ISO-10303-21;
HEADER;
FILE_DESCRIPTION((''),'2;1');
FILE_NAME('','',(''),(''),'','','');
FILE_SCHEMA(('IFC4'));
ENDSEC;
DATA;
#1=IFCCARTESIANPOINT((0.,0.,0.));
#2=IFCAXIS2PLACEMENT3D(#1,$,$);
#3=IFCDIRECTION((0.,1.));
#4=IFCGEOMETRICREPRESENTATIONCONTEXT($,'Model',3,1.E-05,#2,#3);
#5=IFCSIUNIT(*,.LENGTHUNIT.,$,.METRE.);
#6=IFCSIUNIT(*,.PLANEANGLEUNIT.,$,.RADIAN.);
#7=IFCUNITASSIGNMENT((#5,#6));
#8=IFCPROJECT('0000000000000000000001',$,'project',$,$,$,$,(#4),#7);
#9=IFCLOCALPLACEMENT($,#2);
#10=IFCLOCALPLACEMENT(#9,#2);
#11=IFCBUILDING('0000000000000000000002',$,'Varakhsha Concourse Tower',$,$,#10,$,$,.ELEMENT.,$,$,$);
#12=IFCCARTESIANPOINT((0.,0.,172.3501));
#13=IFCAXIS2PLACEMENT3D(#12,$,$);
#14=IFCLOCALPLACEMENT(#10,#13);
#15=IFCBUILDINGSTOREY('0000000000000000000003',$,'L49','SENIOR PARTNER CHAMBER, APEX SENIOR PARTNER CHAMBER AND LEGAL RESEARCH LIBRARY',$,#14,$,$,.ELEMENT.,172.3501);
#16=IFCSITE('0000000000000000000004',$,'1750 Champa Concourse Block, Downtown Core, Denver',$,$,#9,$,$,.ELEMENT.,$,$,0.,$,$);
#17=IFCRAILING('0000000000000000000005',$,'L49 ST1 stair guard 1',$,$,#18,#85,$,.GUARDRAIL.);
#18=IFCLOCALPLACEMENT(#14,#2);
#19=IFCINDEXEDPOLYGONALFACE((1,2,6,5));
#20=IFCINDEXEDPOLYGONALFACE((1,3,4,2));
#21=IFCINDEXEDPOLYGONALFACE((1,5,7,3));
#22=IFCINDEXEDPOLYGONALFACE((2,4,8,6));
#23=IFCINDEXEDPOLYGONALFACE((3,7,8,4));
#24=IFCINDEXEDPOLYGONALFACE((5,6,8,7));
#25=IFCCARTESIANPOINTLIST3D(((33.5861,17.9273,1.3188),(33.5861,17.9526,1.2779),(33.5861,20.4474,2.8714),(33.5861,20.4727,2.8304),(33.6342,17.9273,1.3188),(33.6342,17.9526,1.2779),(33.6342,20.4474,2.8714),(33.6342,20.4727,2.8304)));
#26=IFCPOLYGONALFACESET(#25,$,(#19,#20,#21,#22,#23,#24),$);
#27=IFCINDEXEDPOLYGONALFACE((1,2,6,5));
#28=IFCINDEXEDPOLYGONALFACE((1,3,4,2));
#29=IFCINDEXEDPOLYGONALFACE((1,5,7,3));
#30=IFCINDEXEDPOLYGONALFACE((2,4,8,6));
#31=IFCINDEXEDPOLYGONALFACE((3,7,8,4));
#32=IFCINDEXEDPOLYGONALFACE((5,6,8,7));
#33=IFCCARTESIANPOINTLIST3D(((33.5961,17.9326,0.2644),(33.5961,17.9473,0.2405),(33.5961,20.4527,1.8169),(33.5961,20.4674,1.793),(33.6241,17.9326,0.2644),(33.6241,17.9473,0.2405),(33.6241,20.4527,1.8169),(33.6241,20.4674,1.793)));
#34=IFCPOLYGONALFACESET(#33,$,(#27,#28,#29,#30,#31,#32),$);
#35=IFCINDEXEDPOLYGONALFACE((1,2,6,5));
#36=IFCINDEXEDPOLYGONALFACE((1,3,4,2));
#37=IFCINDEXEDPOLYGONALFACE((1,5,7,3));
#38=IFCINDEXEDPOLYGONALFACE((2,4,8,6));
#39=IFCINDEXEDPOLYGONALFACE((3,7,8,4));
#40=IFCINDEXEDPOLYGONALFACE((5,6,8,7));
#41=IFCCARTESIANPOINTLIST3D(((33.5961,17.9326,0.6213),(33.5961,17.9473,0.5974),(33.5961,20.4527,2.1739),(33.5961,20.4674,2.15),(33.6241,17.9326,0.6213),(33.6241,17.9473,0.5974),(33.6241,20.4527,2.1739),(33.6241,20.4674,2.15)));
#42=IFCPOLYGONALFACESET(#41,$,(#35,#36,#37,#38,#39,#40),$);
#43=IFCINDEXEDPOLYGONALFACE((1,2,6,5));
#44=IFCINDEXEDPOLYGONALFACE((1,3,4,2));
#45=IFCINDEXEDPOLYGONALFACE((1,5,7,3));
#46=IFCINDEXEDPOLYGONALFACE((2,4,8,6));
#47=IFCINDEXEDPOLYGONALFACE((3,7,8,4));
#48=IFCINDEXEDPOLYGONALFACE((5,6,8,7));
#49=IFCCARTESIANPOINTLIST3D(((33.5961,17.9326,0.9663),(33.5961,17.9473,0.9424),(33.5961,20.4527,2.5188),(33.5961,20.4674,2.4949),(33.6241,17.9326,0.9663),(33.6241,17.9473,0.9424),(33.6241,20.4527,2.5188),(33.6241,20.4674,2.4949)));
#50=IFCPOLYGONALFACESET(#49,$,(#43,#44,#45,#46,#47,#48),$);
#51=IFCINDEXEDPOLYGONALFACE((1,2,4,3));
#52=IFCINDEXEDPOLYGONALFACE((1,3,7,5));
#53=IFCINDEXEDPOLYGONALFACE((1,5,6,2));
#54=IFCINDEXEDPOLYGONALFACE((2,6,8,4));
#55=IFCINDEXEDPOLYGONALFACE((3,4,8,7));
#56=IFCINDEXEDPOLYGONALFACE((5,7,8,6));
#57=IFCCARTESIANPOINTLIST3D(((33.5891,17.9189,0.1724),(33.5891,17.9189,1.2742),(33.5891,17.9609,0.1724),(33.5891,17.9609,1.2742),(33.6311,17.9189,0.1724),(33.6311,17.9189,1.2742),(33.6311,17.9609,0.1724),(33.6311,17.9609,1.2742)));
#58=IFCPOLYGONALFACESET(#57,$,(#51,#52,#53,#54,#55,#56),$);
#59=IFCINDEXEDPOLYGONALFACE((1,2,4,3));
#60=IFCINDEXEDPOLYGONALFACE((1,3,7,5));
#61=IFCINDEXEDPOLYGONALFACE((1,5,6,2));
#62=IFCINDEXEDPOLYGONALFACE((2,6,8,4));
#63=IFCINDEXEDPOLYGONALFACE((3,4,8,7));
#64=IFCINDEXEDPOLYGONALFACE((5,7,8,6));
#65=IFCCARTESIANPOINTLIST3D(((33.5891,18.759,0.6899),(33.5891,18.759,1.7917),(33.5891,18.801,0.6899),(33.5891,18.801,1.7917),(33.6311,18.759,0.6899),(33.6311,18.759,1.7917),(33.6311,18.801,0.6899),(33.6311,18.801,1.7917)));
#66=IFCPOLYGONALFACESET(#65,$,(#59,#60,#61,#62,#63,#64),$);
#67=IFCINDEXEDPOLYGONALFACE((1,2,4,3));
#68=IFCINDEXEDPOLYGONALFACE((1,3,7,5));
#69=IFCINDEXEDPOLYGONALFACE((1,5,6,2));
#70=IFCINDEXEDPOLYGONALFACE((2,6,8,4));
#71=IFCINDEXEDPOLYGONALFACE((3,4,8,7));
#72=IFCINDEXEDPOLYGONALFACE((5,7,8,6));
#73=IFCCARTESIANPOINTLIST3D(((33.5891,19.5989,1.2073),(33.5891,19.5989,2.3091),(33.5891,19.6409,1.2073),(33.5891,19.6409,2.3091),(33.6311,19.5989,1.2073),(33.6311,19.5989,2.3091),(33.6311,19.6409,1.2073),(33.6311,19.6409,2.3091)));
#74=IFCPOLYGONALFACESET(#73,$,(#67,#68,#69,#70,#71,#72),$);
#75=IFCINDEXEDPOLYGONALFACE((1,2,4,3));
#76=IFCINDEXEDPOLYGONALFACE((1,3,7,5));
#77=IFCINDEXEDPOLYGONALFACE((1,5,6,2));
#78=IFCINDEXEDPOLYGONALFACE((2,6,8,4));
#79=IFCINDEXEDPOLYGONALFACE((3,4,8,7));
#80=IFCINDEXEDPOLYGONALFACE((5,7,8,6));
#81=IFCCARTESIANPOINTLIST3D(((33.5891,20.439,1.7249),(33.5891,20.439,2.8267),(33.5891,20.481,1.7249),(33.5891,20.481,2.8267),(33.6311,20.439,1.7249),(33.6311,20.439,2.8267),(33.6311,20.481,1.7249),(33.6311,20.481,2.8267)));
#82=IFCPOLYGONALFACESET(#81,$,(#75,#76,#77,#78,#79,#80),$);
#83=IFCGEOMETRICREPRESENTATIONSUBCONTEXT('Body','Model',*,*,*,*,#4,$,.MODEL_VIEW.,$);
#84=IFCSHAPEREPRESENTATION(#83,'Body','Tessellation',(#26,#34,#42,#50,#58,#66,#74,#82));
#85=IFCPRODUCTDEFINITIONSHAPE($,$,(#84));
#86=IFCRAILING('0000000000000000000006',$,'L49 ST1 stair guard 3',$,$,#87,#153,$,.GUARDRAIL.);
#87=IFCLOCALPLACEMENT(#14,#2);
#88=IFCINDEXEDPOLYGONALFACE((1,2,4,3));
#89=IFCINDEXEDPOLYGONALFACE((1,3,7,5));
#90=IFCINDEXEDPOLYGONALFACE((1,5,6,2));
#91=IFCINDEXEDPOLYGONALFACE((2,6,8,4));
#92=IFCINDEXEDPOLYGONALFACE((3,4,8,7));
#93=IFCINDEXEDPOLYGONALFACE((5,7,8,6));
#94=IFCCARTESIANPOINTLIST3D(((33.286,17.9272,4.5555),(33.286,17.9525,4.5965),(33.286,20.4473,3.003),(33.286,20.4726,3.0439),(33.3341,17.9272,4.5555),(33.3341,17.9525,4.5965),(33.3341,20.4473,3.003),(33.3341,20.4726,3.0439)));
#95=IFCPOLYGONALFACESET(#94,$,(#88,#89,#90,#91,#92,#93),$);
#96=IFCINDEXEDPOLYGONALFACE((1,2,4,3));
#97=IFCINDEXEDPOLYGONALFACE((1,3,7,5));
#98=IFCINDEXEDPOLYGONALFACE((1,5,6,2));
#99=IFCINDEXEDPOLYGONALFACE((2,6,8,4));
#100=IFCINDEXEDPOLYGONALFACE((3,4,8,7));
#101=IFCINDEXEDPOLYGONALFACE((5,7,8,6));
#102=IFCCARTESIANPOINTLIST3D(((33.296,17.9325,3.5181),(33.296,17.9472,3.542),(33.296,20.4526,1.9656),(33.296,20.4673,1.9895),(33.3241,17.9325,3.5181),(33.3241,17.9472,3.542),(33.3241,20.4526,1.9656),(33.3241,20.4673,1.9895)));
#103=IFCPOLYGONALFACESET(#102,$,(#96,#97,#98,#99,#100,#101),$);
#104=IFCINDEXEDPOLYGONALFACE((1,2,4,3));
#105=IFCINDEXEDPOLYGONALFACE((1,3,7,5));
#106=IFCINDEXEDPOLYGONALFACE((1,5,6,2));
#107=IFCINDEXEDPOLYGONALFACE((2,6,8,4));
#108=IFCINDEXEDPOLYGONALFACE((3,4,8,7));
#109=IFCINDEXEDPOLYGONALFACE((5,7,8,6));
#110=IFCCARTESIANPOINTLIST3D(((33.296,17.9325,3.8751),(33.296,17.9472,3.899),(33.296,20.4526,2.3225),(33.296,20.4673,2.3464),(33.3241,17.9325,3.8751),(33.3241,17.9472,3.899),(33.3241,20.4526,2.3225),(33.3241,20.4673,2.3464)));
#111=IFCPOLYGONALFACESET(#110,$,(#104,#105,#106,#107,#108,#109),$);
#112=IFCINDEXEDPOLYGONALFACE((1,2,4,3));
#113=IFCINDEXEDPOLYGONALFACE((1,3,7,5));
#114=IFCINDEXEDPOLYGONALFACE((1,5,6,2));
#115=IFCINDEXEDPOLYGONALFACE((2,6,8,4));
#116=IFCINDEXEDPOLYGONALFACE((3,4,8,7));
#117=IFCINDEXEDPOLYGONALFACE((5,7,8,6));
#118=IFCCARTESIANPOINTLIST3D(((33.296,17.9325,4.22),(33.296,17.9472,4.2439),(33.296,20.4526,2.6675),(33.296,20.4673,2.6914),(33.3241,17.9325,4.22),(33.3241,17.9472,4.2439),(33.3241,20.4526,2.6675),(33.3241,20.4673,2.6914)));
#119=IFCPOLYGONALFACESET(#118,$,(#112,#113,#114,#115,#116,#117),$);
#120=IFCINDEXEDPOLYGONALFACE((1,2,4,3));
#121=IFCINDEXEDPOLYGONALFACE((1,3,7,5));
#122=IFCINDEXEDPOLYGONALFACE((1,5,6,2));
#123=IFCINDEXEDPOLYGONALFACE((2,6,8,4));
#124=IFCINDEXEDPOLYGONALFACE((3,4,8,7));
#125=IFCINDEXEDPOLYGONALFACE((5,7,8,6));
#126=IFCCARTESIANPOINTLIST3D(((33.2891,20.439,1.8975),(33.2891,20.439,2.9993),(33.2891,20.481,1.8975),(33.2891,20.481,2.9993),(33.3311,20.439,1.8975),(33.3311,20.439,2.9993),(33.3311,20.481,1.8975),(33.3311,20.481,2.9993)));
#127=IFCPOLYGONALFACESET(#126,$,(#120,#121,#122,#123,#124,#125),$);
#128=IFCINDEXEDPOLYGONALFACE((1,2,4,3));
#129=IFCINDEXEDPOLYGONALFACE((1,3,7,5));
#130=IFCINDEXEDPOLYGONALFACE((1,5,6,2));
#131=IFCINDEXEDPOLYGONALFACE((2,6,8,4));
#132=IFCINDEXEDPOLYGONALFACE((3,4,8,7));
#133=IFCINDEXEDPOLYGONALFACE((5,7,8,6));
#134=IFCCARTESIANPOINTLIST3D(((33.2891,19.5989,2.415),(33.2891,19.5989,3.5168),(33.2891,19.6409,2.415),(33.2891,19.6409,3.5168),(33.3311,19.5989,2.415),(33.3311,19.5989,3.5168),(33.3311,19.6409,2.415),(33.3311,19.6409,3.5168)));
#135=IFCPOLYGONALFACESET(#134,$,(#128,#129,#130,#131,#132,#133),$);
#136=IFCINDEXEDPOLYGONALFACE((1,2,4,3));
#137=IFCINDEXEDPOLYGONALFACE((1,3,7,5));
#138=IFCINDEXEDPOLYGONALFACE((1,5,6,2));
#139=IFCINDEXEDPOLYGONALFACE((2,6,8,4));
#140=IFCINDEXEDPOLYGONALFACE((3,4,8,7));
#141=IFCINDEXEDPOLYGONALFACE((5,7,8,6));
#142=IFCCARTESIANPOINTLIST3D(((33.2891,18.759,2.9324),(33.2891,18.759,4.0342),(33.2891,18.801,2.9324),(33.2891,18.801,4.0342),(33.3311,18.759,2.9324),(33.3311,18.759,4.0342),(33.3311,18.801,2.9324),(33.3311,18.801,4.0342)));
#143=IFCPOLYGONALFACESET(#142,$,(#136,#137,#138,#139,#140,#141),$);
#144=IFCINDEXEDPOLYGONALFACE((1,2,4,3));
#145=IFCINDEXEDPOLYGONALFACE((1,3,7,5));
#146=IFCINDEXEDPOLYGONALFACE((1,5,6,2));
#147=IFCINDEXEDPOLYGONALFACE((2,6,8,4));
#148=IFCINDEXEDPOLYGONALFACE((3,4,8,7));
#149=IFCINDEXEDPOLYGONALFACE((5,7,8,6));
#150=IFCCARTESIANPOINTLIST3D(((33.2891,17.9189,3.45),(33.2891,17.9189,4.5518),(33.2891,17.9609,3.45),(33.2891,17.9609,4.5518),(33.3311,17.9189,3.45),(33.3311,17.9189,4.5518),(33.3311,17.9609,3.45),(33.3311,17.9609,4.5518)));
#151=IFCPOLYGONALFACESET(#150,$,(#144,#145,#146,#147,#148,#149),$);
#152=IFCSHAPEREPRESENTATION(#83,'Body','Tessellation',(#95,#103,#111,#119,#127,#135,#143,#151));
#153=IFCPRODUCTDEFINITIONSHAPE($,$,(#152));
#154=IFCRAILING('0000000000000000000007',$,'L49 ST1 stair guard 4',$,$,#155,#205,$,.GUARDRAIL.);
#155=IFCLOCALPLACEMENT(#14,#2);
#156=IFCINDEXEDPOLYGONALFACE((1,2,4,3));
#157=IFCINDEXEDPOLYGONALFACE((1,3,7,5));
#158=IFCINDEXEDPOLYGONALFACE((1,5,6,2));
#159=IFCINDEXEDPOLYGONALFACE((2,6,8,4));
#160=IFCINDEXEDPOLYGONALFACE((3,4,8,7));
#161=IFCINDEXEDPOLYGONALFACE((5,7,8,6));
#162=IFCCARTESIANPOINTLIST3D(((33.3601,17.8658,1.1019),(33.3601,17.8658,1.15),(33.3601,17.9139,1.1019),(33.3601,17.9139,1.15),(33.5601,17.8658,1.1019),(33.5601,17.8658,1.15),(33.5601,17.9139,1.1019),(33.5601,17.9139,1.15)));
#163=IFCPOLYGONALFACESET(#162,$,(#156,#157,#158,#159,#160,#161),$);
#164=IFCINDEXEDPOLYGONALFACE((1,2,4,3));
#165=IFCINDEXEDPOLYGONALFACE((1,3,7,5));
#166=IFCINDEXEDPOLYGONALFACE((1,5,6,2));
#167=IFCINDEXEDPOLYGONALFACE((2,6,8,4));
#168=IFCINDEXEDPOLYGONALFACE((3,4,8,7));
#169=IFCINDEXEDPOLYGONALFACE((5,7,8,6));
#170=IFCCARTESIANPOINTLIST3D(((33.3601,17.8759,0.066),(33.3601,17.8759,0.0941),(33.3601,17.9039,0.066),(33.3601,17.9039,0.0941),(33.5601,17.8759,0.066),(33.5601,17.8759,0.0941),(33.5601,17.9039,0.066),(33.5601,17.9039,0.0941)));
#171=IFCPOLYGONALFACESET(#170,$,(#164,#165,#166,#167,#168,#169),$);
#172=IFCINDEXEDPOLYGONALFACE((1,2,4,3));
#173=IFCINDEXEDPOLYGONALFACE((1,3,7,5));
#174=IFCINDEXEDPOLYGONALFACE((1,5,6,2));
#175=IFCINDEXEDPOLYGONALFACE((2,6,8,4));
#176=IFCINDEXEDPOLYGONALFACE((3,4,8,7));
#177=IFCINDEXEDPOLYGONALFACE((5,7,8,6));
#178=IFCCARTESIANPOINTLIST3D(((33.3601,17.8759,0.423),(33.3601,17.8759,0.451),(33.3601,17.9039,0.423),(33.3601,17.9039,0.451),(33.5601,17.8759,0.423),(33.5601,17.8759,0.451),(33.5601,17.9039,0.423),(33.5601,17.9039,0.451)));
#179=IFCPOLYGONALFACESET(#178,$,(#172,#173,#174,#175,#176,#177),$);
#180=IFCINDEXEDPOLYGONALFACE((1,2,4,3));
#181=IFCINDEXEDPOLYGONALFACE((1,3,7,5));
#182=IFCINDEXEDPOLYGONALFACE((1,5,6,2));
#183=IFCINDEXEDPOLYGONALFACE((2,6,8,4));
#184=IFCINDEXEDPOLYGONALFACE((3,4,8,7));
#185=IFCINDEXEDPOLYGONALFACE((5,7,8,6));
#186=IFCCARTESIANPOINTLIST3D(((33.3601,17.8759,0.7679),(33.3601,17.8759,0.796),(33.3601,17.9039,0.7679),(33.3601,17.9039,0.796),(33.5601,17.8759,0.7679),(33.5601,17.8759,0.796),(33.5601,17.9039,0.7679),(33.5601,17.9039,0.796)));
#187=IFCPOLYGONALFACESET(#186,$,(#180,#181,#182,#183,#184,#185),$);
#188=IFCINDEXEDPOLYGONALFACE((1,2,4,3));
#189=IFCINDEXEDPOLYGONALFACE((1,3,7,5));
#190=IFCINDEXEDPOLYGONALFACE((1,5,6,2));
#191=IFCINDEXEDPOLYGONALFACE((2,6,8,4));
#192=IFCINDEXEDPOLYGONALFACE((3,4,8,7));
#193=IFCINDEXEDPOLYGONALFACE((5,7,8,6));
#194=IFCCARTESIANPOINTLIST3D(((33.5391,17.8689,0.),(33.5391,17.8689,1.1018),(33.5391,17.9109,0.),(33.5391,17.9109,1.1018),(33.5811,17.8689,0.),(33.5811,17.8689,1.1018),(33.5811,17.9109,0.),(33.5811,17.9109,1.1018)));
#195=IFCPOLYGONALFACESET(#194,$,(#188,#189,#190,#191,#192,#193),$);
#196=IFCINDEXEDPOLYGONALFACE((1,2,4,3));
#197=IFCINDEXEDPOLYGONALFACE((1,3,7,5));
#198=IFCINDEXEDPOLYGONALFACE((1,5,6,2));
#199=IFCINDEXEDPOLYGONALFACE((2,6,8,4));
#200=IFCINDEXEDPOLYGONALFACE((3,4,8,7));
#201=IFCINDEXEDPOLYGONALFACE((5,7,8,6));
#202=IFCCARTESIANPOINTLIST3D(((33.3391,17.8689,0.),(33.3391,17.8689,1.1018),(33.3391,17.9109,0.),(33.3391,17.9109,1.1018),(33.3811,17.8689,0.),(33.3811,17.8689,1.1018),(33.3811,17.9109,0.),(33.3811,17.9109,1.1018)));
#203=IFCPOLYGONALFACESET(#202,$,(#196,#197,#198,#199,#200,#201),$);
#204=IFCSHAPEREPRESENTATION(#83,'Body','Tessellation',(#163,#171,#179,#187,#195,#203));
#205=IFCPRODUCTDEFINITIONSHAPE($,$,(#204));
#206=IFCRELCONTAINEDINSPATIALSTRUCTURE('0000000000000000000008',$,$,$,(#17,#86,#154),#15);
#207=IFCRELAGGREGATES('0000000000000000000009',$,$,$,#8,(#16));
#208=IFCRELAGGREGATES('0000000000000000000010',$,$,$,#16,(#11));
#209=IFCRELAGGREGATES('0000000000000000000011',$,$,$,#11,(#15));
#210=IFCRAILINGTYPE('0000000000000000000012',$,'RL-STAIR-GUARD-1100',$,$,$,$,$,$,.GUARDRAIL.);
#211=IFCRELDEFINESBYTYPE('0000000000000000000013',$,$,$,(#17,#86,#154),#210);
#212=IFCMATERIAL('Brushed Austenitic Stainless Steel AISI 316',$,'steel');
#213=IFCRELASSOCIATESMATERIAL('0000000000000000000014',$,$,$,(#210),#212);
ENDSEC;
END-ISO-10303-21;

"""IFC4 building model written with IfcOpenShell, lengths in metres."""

from ifc_helpers import new_model, si_unit, direction, frame, origin, origin_2d, place, context, subcontext, project, spatial, rectangle, extrude, material, type_object, element, save


model = new_model("IFC4")

# Units and contexts
model_context = context("Model", 3, precision=1e-05, world=origin(), true_north=direction((0.0, 1.0)))
body_context = subcontext(model_context, "Body", "Model", "MODEL_VIEW")
ifc_project = project(units=[si_unit("LENGTHUNIT", "METRE"), si_unit("PLANEANGLEUNIT", "RADIAN")], contexts=[model_context])

# Site, building, storey
site_placement = place(None, origin())
site = spatial("IfcSite", under=ifc_project, at=site_placement, Name="1750 Champa Concourse Block, Downtown Core, Denver", CompositionType="ELEMENT", RefElevation=0.0)
building_placement = place(site_placement, origin())
building = spatial("IfcBuilding", under=site, at=building_placement, Name="Varakhsha Concourse Tower", CompositionType="ELEMENT")
storey_placement = place(building_placement, frame((0.0, 0.0, 172.3501)))
storey = spatial("IfcBuildingStorey", under=building, at=storey_placement, Name="L49", Description="SENIOR PARTNER CHAMBER, APEX SENIOR PARTNER CHAMBER AND LEGAL RESEARCH LIBRARY", CompositionType="ELEMENT", Elevation=172.3501)

# Railings
ifc_material_1 = material(Name="Brushed Austenitic Stainless Steel AISI 316", Category="steel")
railing_type_1 = type_object("IfcRailingType", Name="RL-STAIR-GUARD-1100", PredefinedType="GUARDRAIL", material=ifc_material_1)
railing_1_placement = place(storey_placement, frame((33.6101, 17.9399, 0.1724)))
element("IfcRailing", 1, at=railing_1_placement, inside=storey, type_object=railing_type_1, Name="L49 ST1 stair guard 1", PredefinedType="GUARDRAIL", context=body_context, shape_type="SweptSolid", body=[
    extrude(rectangle(XDim=0.0481, YDim=0.0481, at=origin_2d()), frame((0.0, 0.0, 1.126), z_axis=(0.0, 0.8514, 0.524516), x_axis=(-1.0, 0.0, 0.0)), (0.0, 0.0, 1.0), 2.96),
    extrude(rectangle(XDim=0.0281, YDim=0.0281, at=origin_2d()), frame((0.0, 0.0, 0.0801), z_axis=(0.0, 0.8514, 0.524516), x_axis=(-1.0, 0.0, 0.0)), (0.0, 0.0, 1.0), 2.96),
    extrude(rectangle(XDim=0.0281, YDim=0.0281, at=origin_2d()), frame((0.0, 0.0, 0.437), z_axis=(0.0, 0.8514, 0.524516), x_axis=(-1.0, 0.0, 0.0)), (0.0, 0.0, 1.0), 2.96),
    extrude(rectangle(XDim=0.0281, YDim=0.0281, at=origin_2d()), frame((0.0, 0.0, 0.782), z_axis=(0.0, 0.8514, 0.524516), x_axis=(-1.0, 0.0, 0.0)), (0.0, 0.0, 1.0), 2.96),
    extrude(rectangle(XDim=0.042, YDim=0.042, at=origin_2d()), origin(), (0.0, 0.0, 1.0), 1.1018),
    extrude(rectangle(XDim=0.042, YDim=0.042, at=origin_2d()), frame((0.0, 0.8401, 0.5176)), (0.0, 0.0, 1.0), 1.1018),
    extrude(rectangle(XDim=0.042, YDim=0.042, at=origin_2d()), frame((0.0, 1.6799, 1.0349)), (0.0, 0.0, 1.0), 1.1018),
    extrude(rectangle(XDim=0.042, YDim=0.042, at=origin_2d()), frame((0.0, 2.52, 1.5525)), (0.0, 0.0, 1.0), 1.1018),
])
railing_2_placement = place(storey_placement, frame((33.3101, 20.46, 1.8975)))
element("IfcRailing", 2, at=railing_2_placement, inside=storey, type_object=railing_type_1, Name="L49 ST1 stair guard 3", PredefinedType="GUARDRAIL", context=body_context, shape_type="SweptSolid", body=[
    extrude(rectangle(XDim=0.0481, YDim=0.0481, at=origin_2d()), frame((0.0, 0.0, 1.126), z_axis=(0.0, -0.8514, 0.524516), x_axis=(1.0, 0.0, 0.0)), (0.0, 0.0, 1.0), 2.96),
    extrude(rectangle(XDim=0.0281, YDim=0.0281, at=origin_2d()), frame((0.0, 0.0, 0.0801), z_axis=(0.0, -0.8514, 0.524516), x_axis=(1.0, 0.0, 0.0)), (0.0, 0.0, 1.0), 2.96),
    extrude(rectangle(XDim=0.0281, YDim=0.0281, at=origin_2d()), frame((0.0, 0.0, 0.437), z_axis=(0.0, -0.8514, 0.524516), x_axis=(1.0, 0.0, 0.0)), (0.0, 0.0, 1.0), 2.96),
    extrude(rectangle(XDim=0.0281, YDim=0.0281, at=origin_2d()), frame((0.0, 0.0, 0.782), z_axis=(0.0, -0.8514, 0.524516), x_axis=(1.0, 0.0, 0.0)), (0.0, 0.0, 1.0), 2.96),
    extrude(rectangle(XDim=0.042, YDim=0.042, at=origin_2d()), origin(), (0.0, 0.0, 1.0), 1.1018),
    extrude(rectangle(XDim=0.042, YDim=0.042, at=origin_2d()), frame((0.0, -0.8401, 0.5176)), (0.0, 0.0, 1.0), 1.1018),
    extrude(rectangle(XDim=0.042, YDim=0.042, at=origin_2d()), frame((0.0, -1.6799, 1.0349)), (0.0, 0.0, 1.0), 1.1018),
    extrude(rectangle(XDim=0.042, YDim=0.042, at=origin_2d()), frame((0.0, -2.52, 1.5525)), (0.0, 0.0, 1.0), 1.1018),
])
railing_3_placement = place(storey_placement, frame((33.5601, 17.8899, 0.0)))
element("IfcRailing", 3, at=railing_3_placement, inside=storey, type_object=railing_type_1, Name="L49 ST1 stair guard 4", PredefinedType="GUARDRAIL", context=body_context, shape_type="SweptSolid", body=[
    extrude(rectangle(XDim=0.0481, YDim=0.0481, at=origin_2d()), frame((0.0, 0.0, 1.126), z_axis=(-1.0, 0.0, 0.0), x_axis=(0.0, -1.0, 0.0)), (0.0, 0.0, 1.0), 0.2),
    extrude(rectangle(XDim=0.0281, YDim=0.0281, at=origin_2d()), frame((0.0, 0.0, 0.0801), z_axis=(-1.0, 0.0, 0.0), x_axis=(0.0, -1.0, 0.0)), (0.0, 0.0, 1.0), 0.2),
    extrude(rectangle(XDim=0.0281, YDim=0.0281, at=origin_2d()), frame((0.0, 0.0, 0.437), z_axis=(-1.0, 0.0, 0.0), x_axis=(0.0, -1.0, 0.0)), (0.0, 0.0, 1.0), 0.2),
    extrude(rectangle(XDim=0.0281, YDim=0.0281, at=origin_2d()), frame((0.0, 0.0, 0.782), z_axis=(-1.0, 0.0, 0.0), x_axis=(0.0, -1.0, 0.0)), (0.0, 0.0, 1.0), 0.2),
    extrude(rectangle(XDim=0.042, YDim=0.042, at=origin_2d()), origin(), (0.0, 0.0, 1.0), 1.1018),
    extrude(rectangle(XDim=0.042, YDim=0.042, at=origin_2d()), frame((-0.2, 0.0, 0.0)), (0.0, 0.0, 1.0), 1.1018),
])

save(model, "model.ifc")
